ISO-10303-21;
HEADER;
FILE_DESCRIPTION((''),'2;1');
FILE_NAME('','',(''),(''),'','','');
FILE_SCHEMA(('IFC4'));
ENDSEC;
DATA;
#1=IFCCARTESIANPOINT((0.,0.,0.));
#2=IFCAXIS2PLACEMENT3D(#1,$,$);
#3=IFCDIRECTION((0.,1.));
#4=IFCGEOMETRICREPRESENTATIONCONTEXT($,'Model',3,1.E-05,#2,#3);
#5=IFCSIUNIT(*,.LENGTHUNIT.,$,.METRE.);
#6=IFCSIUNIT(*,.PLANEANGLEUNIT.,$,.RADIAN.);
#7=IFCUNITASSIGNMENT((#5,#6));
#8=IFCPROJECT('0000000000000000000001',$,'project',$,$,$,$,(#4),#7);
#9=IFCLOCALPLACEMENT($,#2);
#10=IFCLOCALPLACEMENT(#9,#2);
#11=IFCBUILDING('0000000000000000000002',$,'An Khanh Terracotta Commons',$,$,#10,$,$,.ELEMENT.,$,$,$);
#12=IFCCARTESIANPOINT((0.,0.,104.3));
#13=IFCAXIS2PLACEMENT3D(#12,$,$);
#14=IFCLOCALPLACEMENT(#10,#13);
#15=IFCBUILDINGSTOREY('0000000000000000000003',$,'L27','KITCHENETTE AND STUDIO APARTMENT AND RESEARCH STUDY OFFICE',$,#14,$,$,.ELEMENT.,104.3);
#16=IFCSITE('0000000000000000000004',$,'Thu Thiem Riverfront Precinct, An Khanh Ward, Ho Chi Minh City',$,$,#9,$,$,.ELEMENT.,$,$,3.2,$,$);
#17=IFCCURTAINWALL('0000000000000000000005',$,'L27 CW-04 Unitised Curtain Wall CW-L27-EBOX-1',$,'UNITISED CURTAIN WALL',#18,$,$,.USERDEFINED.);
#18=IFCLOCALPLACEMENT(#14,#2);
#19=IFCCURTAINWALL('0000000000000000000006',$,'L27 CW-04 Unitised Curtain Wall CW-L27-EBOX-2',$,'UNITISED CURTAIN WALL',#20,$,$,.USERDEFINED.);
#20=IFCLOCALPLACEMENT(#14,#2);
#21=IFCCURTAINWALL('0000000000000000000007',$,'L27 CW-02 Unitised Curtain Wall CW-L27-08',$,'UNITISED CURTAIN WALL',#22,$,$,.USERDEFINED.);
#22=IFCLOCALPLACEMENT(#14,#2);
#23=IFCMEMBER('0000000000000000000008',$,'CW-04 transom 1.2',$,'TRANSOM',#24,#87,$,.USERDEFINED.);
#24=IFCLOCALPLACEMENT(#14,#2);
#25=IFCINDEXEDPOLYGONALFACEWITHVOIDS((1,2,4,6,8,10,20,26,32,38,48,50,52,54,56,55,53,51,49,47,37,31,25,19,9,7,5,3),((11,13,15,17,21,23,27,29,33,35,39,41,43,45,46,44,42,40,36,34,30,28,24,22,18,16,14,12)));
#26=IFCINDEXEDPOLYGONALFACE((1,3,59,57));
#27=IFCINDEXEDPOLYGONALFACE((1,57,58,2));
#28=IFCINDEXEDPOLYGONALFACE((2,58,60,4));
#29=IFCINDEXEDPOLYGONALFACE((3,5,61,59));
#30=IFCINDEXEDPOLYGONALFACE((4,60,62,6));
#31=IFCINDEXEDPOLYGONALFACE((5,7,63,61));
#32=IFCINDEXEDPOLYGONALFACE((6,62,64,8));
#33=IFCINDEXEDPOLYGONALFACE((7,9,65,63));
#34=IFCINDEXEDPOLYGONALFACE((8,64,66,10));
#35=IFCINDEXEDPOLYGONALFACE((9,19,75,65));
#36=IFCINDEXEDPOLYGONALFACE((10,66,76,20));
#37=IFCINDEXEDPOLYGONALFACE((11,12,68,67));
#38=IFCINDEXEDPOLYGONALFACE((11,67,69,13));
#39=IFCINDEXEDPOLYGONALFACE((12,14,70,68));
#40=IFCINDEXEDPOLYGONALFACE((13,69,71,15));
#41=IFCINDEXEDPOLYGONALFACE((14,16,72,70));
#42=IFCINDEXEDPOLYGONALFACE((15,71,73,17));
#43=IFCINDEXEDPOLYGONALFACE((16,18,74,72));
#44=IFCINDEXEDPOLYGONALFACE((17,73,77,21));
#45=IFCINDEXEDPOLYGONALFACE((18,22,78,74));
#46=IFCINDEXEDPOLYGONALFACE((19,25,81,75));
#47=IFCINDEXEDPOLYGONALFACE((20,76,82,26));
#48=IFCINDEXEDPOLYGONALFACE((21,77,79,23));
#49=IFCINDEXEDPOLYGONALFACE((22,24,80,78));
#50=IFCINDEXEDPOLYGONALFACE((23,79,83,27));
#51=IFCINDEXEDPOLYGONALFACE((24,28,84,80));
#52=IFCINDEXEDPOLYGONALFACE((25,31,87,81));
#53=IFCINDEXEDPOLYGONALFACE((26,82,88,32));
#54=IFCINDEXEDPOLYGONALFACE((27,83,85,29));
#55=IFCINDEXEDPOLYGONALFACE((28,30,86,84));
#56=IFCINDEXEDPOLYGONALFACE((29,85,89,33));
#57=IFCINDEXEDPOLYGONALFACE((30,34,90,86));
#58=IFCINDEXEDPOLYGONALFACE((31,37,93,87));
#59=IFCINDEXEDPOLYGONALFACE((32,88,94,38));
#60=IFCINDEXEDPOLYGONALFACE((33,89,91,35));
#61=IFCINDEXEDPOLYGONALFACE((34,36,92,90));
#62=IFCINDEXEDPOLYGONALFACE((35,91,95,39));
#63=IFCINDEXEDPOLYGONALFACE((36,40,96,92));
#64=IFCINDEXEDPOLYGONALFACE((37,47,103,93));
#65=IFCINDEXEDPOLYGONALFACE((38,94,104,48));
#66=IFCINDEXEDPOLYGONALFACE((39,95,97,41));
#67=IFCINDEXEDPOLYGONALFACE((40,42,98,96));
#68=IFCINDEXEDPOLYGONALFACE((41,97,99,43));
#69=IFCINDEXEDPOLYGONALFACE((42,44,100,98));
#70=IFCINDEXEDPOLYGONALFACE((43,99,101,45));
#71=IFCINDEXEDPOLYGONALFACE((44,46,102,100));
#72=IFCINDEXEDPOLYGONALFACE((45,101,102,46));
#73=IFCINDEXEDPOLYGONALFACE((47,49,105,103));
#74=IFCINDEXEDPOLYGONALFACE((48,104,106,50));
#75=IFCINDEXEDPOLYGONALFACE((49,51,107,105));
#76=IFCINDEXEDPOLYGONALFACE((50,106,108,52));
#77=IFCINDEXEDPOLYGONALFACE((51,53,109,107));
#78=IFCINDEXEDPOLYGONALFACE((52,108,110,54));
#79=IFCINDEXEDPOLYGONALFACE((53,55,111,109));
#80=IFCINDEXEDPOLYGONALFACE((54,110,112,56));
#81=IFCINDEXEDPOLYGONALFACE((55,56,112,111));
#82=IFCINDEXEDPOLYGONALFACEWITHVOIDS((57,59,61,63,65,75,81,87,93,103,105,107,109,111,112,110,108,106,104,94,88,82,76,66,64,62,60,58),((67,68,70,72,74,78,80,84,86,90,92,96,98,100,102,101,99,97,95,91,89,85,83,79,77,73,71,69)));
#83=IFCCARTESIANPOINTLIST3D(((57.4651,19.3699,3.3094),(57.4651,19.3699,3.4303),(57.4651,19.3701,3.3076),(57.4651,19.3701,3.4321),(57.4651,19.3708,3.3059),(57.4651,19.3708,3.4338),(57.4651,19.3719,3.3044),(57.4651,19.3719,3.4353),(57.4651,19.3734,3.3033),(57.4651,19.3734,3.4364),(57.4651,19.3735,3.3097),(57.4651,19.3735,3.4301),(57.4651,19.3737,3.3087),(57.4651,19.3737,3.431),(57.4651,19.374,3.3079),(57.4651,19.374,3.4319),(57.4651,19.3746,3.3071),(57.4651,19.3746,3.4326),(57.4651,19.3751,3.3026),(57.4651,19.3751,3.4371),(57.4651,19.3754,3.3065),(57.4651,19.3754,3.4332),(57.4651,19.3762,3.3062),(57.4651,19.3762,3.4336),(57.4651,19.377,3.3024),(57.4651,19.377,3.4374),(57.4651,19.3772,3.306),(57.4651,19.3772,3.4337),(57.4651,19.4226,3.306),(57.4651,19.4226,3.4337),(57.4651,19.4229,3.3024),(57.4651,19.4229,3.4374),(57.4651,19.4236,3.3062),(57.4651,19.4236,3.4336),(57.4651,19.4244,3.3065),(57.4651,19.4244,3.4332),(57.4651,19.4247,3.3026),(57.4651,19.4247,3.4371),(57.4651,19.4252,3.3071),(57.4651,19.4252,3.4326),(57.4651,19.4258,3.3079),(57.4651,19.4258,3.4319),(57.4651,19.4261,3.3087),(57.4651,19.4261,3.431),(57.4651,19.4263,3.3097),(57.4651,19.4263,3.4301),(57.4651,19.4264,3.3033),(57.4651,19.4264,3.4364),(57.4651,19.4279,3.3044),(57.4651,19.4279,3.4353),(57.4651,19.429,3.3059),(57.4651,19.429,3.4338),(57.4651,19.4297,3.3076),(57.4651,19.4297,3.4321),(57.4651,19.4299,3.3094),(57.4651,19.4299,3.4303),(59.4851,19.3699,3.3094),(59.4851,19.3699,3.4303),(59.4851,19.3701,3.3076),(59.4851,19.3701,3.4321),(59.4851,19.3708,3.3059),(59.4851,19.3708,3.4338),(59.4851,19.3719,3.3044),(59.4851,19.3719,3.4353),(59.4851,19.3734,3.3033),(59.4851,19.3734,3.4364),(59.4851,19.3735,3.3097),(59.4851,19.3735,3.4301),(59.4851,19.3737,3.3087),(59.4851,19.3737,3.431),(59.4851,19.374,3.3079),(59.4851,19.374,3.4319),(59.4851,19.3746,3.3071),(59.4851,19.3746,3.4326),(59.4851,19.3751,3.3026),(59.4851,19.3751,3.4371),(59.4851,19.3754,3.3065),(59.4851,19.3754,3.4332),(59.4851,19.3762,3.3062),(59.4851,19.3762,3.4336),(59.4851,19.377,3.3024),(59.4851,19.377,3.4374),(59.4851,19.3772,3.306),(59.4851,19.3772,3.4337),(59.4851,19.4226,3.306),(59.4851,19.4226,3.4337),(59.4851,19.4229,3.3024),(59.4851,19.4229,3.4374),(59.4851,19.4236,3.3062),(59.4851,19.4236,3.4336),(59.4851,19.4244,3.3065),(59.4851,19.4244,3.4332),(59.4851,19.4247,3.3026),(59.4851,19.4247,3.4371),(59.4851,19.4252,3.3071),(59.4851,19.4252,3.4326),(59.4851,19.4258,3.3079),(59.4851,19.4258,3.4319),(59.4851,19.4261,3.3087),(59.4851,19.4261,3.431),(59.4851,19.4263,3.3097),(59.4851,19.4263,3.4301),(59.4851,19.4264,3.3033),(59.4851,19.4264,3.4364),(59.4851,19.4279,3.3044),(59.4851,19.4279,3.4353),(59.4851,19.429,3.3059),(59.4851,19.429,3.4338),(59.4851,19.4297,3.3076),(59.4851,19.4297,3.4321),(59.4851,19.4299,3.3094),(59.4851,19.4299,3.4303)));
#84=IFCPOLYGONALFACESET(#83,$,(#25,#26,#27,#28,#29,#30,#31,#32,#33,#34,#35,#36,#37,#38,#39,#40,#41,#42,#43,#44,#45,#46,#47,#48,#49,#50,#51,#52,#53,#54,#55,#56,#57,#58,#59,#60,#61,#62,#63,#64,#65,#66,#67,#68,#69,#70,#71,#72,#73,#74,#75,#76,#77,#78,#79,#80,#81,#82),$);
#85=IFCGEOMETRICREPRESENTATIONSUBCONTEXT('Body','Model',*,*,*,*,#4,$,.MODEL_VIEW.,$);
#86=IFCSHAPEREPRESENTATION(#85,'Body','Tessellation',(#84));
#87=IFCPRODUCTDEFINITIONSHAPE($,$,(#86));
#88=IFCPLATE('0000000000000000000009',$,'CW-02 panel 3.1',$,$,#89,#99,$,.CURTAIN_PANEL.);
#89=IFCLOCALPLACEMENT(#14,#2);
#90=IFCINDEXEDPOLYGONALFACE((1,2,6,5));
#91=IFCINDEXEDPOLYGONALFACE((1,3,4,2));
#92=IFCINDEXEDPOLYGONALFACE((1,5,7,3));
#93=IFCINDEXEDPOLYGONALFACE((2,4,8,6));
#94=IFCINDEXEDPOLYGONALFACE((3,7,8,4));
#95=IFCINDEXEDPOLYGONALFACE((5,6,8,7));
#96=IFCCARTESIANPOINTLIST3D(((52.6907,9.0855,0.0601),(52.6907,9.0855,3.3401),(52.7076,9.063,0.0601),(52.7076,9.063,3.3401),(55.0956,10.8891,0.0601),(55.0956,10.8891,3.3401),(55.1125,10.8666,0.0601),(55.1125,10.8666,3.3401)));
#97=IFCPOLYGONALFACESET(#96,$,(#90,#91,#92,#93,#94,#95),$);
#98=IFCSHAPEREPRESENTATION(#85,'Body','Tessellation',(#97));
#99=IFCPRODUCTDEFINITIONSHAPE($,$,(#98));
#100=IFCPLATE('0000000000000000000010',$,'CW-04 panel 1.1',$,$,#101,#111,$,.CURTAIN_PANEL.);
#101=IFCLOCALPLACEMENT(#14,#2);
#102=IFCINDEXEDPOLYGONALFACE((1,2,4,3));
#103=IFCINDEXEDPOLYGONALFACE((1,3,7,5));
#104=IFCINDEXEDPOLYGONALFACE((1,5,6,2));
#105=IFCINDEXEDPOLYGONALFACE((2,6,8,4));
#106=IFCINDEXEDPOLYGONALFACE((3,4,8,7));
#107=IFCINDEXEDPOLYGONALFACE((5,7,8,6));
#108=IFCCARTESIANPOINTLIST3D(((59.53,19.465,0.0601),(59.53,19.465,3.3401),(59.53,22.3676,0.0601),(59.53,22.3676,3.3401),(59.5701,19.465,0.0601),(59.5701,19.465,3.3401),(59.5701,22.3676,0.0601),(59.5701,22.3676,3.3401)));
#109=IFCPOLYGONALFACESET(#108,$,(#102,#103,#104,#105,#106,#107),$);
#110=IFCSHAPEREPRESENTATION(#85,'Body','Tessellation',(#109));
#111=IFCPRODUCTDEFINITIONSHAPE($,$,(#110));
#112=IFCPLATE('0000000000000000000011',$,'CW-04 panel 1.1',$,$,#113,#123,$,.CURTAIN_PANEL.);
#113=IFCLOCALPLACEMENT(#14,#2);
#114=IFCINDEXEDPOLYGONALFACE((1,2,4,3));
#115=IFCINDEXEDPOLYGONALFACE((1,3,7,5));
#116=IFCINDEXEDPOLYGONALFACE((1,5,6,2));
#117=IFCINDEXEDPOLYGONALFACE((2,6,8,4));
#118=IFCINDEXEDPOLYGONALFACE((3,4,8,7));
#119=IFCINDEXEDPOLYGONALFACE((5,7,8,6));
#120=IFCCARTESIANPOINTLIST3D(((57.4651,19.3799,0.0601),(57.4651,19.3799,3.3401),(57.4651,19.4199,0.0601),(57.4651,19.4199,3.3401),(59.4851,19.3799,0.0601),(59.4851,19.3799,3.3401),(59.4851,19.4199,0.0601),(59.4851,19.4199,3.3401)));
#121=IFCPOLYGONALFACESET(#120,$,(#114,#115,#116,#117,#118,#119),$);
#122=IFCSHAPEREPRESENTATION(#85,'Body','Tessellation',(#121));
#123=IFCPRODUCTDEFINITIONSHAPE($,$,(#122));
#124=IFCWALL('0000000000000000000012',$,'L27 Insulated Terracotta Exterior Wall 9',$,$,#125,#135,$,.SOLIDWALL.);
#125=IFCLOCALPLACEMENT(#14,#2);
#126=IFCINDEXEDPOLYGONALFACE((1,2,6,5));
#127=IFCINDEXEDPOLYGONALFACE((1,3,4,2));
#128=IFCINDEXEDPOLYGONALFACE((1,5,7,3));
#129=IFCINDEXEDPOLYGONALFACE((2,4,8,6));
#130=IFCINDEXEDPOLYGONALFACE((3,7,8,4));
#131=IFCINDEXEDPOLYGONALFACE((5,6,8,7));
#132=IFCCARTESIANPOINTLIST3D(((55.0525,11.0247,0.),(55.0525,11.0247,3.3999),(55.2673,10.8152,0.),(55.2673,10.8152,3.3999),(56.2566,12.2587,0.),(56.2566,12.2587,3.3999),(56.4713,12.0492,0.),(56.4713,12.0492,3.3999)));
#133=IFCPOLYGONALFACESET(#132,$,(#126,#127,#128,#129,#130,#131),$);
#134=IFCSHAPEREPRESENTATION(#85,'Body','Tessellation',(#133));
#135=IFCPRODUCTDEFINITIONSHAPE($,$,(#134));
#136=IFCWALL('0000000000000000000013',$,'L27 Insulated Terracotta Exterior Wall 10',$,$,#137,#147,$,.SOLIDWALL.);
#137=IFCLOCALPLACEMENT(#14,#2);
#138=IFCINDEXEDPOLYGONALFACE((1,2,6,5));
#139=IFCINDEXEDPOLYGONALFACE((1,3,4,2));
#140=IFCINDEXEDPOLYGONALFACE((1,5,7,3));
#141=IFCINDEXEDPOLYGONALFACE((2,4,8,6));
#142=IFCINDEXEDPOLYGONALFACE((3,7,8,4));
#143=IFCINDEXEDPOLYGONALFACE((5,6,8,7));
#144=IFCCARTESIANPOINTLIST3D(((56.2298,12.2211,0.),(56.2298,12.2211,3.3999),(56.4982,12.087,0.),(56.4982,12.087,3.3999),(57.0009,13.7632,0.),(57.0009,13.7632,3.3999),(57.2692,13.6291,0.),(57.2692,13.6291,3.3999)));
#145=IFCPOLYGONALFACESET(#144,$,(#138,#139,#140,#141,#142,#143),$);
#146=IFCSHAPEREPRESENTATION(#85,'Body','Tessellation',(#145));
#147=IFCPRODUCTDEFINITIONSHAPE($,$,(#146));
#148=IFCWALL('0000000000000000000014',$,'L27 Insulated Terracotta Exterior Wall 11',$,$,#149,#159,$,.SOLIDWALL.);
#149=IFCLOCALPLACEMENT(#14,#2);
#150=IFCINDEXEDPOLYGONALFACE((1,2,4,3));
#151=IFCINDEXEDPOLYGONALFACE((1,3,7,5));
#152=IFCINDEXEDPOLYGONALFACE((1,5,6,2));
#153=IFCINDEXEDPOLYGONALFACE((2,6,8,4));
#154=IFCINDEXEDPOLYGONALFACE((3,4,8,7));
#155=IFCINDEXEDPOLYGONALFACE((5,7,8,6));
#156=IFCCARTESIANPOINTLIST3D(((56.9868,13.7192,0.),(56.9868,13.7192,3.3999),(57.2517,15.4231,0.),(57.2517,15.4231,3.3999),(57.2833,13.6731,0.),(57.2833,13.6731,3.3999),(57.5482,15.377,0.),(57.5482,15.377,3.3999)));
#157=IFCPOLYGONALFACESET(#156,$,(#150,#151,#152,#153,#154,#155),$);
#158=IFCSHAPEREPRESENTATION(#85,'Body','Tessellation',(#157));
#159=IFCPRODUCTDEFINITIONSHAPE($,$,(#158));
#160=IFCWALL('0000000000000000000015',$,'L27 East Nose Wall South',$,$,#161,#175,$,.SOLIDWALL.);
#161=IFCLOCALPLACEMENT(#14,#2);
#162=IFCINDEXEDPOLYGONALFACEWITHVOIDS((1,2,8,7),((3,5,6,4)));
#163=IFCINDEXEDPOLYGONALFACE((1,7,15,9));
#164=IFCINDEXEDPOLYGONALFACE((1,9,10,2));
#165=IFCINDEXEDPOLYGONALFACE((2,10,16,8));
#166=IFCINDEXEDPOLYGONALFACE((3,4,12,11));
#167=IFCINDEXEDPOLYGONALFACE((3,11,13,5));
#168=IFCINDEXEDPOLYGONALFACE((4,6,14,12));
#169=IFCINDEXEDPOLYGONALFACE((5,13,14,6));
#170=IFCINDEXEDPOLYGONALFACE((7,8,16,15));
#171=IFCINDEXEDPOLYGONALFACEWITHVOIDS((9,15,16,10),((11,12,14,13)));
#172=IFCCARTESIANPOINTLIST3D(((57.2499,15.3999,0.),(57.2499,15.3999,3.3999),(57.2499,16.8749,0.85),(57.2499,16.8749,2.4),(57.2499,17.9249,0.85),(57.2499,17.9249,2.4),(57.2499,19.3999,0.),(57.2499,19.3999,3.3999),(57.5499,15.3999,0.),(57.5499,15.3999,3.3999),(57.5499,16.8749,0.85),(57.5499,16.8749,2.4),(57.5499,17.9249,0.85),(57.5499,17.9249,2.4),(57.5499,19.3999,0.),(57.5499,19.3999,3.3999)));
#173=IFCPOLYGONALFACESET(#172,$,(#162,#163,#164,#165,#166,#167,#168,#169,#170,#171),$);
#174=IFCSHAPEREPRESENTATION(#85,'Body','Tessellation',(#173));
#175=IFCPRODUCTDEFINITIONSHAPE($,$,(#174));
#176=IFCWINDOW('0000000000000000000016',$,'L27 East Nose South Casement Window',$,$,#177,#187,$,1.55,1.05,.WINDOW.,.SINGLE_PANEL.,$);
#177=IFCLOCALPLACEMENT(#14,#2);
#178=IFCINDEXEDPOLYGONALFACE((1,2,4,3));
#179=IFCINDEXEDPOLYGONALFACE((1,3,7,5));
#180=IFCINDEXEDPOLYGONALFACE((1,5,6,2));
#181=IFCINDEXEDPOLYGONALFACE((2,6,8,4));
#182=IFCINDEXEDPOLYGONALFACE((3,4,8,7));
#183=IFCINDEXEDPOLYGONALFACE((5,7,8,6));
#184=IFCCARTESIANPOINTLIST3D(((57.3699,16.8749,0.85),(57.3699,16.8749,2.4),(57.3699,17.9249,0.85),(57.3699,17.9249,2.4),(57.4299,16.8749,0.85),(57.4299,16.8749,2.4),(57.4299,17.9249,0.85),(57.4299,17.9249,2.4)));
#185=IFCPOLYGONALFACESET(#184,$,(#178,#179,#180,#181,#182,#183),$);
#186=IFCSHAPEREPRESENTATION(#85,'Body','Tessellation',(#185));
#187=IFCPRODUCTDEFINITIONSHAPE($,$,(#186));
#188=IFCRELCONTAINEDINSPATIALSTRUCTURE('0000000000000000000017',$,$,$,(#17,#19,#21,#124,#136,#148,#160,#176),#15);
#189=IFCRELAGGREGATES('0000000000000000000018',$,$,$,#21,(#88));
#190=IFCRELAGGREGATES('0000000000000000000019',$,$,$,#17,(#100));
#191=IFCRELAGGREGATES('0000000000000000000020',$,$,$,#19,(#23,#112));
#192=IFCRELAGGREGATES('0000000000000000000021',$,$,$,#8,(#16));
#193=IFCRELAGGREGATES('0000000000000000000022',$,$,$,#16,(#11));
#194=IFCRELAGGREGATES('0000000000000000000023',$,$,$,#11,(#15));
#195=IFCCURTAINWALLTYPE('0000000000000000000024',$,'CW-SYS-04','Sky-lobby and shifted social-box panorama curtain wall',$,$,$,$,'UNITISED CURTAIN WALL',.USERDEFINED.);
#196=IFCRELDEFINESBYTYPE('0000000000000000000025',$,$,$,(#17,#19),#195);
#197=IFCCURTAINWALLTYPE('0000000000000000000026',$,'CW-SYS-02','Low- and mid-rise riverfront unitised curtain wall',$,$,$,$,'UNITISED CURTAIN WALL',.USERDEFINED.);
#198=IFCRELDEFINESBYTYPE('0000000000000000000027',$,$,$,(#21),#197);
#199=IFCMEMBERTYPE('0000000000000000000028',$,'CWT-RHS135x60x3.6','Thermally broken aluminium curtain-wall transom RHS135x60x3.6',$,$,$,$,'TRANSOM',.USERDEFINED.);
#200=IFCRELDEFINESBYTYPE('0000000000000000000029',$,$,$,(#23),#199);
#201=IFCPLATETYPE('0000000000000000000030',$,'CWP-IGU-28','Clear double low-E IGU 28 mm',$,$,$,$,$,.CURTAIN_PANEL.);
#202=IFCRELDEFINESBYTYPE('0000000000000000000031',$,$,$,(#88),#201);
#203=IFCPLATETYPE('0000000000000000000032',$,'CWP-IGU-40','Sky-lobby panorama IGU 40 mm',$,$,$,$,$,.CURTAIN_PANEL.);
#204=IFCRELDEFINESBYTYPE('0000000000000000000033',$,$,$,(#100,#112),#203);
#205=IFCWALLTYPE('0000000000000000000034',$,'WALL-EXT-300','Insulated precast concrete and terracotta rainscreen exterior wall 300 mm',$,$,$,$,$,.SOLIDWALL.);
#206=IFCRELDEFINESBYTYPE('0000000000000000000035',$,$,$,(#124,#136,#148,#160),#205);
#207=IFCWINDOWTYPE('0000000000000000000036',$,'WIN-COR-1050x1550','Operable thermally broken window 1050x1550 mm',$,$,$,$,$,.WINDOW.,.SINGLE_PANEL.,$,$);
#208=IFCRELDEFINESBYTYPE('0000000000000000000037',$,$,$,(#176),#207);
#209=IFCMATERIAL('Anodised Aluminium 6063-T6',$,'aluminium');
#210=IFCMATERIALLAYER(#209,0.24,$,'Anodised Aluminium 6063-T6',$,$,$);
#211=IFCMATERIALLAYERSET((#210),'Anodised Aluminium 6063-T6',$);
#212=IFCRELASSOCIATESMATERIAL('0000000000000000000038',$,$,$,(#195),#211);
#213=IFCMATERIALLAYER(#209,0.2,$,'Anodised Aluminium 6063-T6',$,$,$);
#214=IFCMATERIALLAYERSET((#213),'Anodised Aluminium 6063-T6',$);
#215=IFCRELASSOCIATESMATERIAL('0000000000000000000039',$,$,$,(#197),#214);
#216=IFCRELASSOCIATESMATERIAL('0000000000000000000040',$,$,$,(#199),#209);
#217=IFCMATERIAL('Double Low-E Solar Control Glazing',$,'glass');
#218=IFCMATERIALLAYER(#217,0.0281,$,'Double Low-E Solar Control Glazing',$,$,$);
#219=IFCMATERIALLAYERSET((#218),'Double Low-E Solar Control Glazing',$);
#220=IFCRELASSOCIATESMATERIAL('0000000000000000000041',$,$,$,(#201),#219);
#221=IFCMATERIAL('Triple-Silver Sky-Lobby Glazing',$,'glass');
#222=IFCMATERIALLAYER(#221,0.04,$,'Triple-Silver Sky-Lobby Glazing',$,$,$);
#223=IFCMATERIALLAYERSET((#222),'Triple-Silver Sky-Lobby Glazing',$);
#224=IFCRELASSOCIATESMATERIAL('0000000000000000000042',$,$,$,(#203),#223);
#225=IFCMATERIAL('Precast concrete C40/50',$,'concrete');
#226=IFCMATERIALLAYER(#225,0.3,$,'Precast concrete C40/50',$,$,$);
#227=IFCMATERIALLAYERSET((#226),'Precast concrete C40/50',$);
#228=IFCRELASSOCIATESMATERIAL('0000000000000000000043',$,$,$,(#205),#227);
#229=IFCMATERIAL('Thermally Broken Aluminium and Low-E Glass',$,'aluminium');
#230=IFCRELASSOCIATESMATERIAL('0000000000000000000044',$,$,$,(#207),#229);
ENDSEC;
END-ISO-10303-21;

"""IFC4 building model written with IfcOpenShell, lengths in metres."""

from ifc_helpers import new_model, si_unit, direction, frame, frame_2d, origin, origin_2d, place, context, subcontext, project, spatial, rectangle, hollow_rectangle, extrude, material, layer, layer_set, material_profile, profile_set, type_object, element, fill, aggregate, save


model = new_model("IFC4")

# Units and contexts
model_context = context("Model", 3, precision=1e-05, world=origin(), true_north=direction((0.0, 1.0)))
body_context = subcontext(model_context, "Body", "Model", "MODEL_VIEW")
ifc_project = project(units=[si_unit("LENGTHUNIT", "METRE"), si_unit("PLANEANGLEUNIT", "RADIAN")], contexts=[model_context])

# Site, building, storey
site_placement = place(None, origin())
site = spatial("IfcSite", under=ifc_project, at=site_placement, Name="Thu Thiem Riverfront Precinct, An Khanh Ward, Ho Chi Minh City", CompositionType="ELEMENT", RefElevation=3.2)
building_placement = place(site_placement, origin())
building = spatial("IfcBuilding", under=site, at=building_placement, Name="An Khanh Terracotta Commons", CompositionType="ELEMENT")
storey_placement = place(building_placement, frame((0.0, 0.0, 104.3)))
storey = spatial("IfcBuildingStorey", under=building, at=storey_placement, Name="L27", Description="KITCHENETTE AND STUDIO APARTMENT AND RESEARCH STUDY OFFICE", CompositionType="ELEMENT", Elevation=104.3)

# Curtain walls
ifc_material_1 = material(Name="Anodised Aluminium 6063-T6", Category="aluminium")
ifc_layer_1 = layer(ifc_material_1, 0.24, Name="Anodised Aluminium 6063-T6")
ifc_layer_set_1 = layer_set([ifc_layer_1], Name="Anodised Aluminium 6063-T6")
curtain_wall_type_1 = type_object("IfcCurtainWallType", Name="CW-SYS-04", Description="Sky-lobby and shifted social-box panorama curtain wall", ElementType="UNITISED CURTAIN WALL", PredefinedType="USERDEFINED", material=ifc_layer_set_1)
curtain_wall_1_placement = place(storey_placement, origin())
curtain_wall_1 = element("IfcCurtainWall", 1, at=curtain_wall_1_placement, inside=storey, type_object=curtain_wall_type_1, Name="L27 CW-04 Unitised Curtain Wall CW-L27-EBOX-1", ObjectType="UNITISED CURTAIN WALL", PredefinedType="USERDEFINED")
curtain_wall_2_placement = place(storey_placement, origin())
curtain_wall_2 = element("IfcCurtainWall", 2, at=curtain_wall_2_placement, inside=storey, type_object=curtain_wall_type_1, Name="L27 CW-04 Unitised Curtain Wall CW-L27-EBOX-2", ObjectType="UNITISED CURTAIN WALL", PredefinedType="USERDEFINED")
ifc_layer_2 = layer(ifc_material_1, 0.2, Name="Anodised Aluminium 6063-T6")
ifc_layer_set_2 = layer_set([ifc_layer_2], Name="Anodised Aluminium 6063-T6")
curtain_wall_type_2 = type_object("IfcCurtainWallType", Name="CW-SYS-02", Description="Low- and mid-rise riverfront unitised curtain wall", ElementType="UNITISED CURTAIN WALL", PredefinedType="USERDEFINED", material=ifc_layer_set_2)
curtain_wall_3_placement = place(storey_placement, origin())
curtain_wall_3 = element("IfcCurtainWall", 3, at=curtain_wall_3_placement, inside=storey, type_object=curtain_wall_type_2, Name="L27 CW-02 Unitised Curtain Wall CW-L27-08", ObjectType="UNITISED CURTAIN WALL", PredefinedType="USERDEFINED")

# Member
ifc_material_profile_1 = material_profile(ifc_material_1, hollow_rectangle(XDim=0.0601, YDim=0.135, WallThickness=0.0037, InnerFilletRadius=0.0037, OuterFilletRadius=0.0071, at=origin_2d()), Name="RHS135x60x3.6")
ifc_profile_set_1 = profile_set([ifc_material_profile_1], Name="Anodised Aluminium 6063-T6")
member_type_1 = type_object("IfcMemberType", Name="CWT-RHS135x60x3.6", Description="Thermally broken aluminium curtain-wall transom RHS135x60x3.6", ElementType="TRANSOM", PredefinedType="USERDEFINED", material=ifc_profile_set_1)
member_1_placement = place(storey_placement, frame((57.4651, 19.3999, 3.3699), z_axis=(1.0, 0.0, 0.0), x_axis=(0.0, 1.0, 0.0)))
member_1 = element("IfcMember", 4, at=member_1_placement, type_object=member_type_1, Name="CW-04 transom 1.2", ObjectType="TRANSOM", PredefinedType="USERDEFINED", context=body_context, shape_type="SweptSolid", body=[
    extrude(hollow_rectangle(XDim=0.0601, YDim=0.135, WallThickness=0.0037, InnerFilletRadius=0.0037, OuterFilletRadius=0.0071, at=origin_2d()), origin(), (0.0, 0.0, 1.0), 2.02),
])

# Plates
ifc_material_2 = material(Name="Double Low-E Solar Control Glazing", Category="glass")
ifc_layer_3 = layer(ifc_material_2, 0.0281, Name="Double Low-E Solar Control Glazing")
ifc_layer_set_3 = layer_set([ifc_layer_3], Name="Double Low-E Solar Control Glazing")
plate_type_1 = type_object("IfcPlateType", Name="CWP-IGU-28", Description="Clear double low-E IGU 28 mm", PredefinedType="CURTAIN_PANEL", material=ifc_layer_set_3)
plate_1_placement = place(storey_placement, frame((53.9016, 9.9761, 0.0601), z_axis=(0.0, 0.0, 1.0), x_axis=(0.800013, 0.599983, 0.0)))
plate_1 = element("IfcPlate", 5, at=plate_1_placement, type_object=plate_type_1, Name="CW-02 panel 3.1", PredefinedType="CURTAIN_PANEL", context=body_context, shape_type="SweptSolid", body=[
    extrude(rectangle(XDim=3.0061, YDim=0.0281, at=origin_2d()), origin(), (0.0, 0.0, 1.0), 3.28),
])
aggregate(curtain_wall_3, [plate_1])
ifc_material_3 = material(Name="Triple-Silver Sky-Lobby Glazing", Category="glass")
ifc_layer_4 = layer(ifc_material_3, 0.04, Name="Triple-Silver Sky-Lobby Glazing")
ifc_layer_set_4 = layer_set([ifc_layer_4], Name="Triple-Silver Sky-Lobby Glazing")
plate_type_2 = type_object("IfcPlateType", Name="CWP-IGU-40", Description="Sky-lobby panorama IGU 40 mm", PredefinedType="CURTAIN_PANEL", material=ifc_layer_set_4)
plate_2_placement = place(storey_placement, frame((59.55, 20.9163, 0.0601), z_axis=(0.0, 0.0, 1.0), x_axis=(0.0, 1.0, 0.0)))
plate_2 = element("IfcPlate", 6, at=plate_2_placement, type_object=plate_type_2, Name="CW-04 panel 1.1", PredefinedType="CURTAIN_PANEL", context=body_context, shape_type="SweptSolid", body=[
    extrude(rectangle(XDim=2.9026, YDim=0.04, at=origin_2d()), origin(), (0.0, 0.0, 1.0), 3.28),
])
aggregate(curtain_wall_1, [plate_2])
plate_3_placement = place(storey_placement, frame((58.4751, 19.3999, 0.0601), z_axis=(0.0, 0.0, 1.0), x_axis=(1.0, 0.0, 0.0)))
plate_3 = element("IfcPlate", 7, at=plate_3_placement, type_object=plate_type_2, Name="CW-04 panel 1.1", PredefinedType="CURTAIN_PANEL", context=body_context, shape_type="SweptSolid", body=[
    extrude(rectangle(XDim=2.02, YDim=0.04, at=origin_2d()), origin(), (0.0, 0.0, 1.0), 3.28),
])
aggregate(curtain_wall_2, [member_1, plate_3])

# Walls
ifc_material_4 = material(Name="Precast concrete C40/50", Category="concrete")
ifc_layer_5 = layer(ifc_material_4, 0.3, Name="Precast concrete C40/50")
ifc_layer_set_5 = layer_set([ifc_layer_5], Name="Precast concrete C40/50")
wall_type_1 = type_object("IfcWallType", Name="WALL-EXT-300", Description="Insulated precast concrete and terracotta rainscreen exterior wall 300 mm", PredefinedType="SOLIDWALL", material=ifc_layer_set_5)
for number, where, z_axis, x_axis, name in (
    (8, (55.1599, 10.9199, 0.0), (0.0, 0.0, 1.0), (0.698345, 0.715761, 0.0), "L27 Insulated Terracotta Exterior Wall 9"),
    (9, (56.364, 12.1541, 0.0), (0.0, 0.0, 1.0), (0.447214, 0.894427, 0.0), "L27 Insulated Terracotta Exterior Wall 10"),
):
    element("IfcWall", number, at=place(storey_placement, frame(where, z_axis=z_axis, x_axis=x_axis)), inside=storey, type_object=wall_type_1, Name=name, PredefinedType="SOLIDWALL", context=body_context, shape_type="SweptSolid", body=[
        extrude(rectangle(XDim=1.7241, YDim=0.3, at=frame_2d((0.8621, 0.0))), origin(), (0.0, 0.0, 1.0), 3.3999),
    ])
wall_1_placement = place(storey_placement, frame((57.135, 13.696, 0.0), z_axis=(0.0, 0.0, 1.0), x_axis=(0.153621, 0.98813, 0.0)))
element("IfcWall", 10, at=wall_1_placement, inside=storey, type_object=wall_type_1, Name="L27 Insulated Terracotta Exterior Wall 11", PredefinedType="SOLIDWALL", context=body_context, shape_type="SweptSolid", body=[
    extrude(rectangle(XDim=1.7244, YDim=0.3, at=frame_2d((0.8623, 0.0))), origin(), (0.0, 0.0, 1.0), 3.3999),
])

# Wall, opening, window
wall_2_placement = place(storey_placement, frame((57.3999, 15.3999, 0.0), z_axis=(0.0, 0.0, 1.0), x_axis=(0.0, 1.0, 0.0)))
wall_2 = element("IfcWall", 11, at=wall_2_placement, inside=storey, type_object=wall_type_1, Name="L27 East Nose Wall South", PredefinedType="SOLIDWALL", context=body_context, shape_type="SweptSolid", body=[
    extrude(rectangle(XDim=4.0, YDim=0.3, at=frame_2d((2.0, 0.0))), origin(), (0.0, 0.0, 1.0), 3.3999),
])
opening_1_placement = place(wall_2_placement, frame((1.4751, 0.0, 0.8501)))
opening_1 = element("IfcOpeningElement", 12, at=opening_1_placement, cuts=wall_2, PredefinedType="OPENING", context=body_context, shape_type="SweptSolid", body=[
    extrude(rectangle(XDim=1.05, YDim=1.55, at=frame_2d((0.5249, 0.7749))), frame((0.0, 0.1599, 0.0), z_axis=(0.0, -1.0, 0.0), x_axis=(1.0, 0.0, 0.0)), (0.0, 0.0, 1.0), 0.3201),
])
ifc_material_5 = material(Name="Thermally Broken Aluminium and Low-E Glass", Category="aluminium")
window_type = type_object("IfcWindowType", Name="WIN-COR-1050x1550", Description="Operable thermally broken window 1050x1550 mm", PartitioningType="SINGLE_PANEL", PredefinedType="WINDOW", material=ifc_material_5)
window_placement = place(opening_1_placement, origin())
window = element("IfcWindow", 13, at=window_placement, inside=storey, type_object=window_type, Name="L27 East Nose South Casement Window", OverallHeight=1.55, OverallWidth=1.05, PartitioningType="SINGLE_PANEL", PredefinedType="WINDOW", context=body_context, shape_type="SweptSolid", body=[
    extrude(rectangle(XDim=1.05, YDim=1.55, at=frame_2d((0.5249, 0.7749))), frame((0.0, 0.03, 0.0), z_axis=(0.0, -1.0, 0.0), x_axis=(1.0, 0.0, 0.0)), (0.0, 0.0, 1.0), 0.0601),
])
fill(opening_1, window)

save(model, "model.ifc")
